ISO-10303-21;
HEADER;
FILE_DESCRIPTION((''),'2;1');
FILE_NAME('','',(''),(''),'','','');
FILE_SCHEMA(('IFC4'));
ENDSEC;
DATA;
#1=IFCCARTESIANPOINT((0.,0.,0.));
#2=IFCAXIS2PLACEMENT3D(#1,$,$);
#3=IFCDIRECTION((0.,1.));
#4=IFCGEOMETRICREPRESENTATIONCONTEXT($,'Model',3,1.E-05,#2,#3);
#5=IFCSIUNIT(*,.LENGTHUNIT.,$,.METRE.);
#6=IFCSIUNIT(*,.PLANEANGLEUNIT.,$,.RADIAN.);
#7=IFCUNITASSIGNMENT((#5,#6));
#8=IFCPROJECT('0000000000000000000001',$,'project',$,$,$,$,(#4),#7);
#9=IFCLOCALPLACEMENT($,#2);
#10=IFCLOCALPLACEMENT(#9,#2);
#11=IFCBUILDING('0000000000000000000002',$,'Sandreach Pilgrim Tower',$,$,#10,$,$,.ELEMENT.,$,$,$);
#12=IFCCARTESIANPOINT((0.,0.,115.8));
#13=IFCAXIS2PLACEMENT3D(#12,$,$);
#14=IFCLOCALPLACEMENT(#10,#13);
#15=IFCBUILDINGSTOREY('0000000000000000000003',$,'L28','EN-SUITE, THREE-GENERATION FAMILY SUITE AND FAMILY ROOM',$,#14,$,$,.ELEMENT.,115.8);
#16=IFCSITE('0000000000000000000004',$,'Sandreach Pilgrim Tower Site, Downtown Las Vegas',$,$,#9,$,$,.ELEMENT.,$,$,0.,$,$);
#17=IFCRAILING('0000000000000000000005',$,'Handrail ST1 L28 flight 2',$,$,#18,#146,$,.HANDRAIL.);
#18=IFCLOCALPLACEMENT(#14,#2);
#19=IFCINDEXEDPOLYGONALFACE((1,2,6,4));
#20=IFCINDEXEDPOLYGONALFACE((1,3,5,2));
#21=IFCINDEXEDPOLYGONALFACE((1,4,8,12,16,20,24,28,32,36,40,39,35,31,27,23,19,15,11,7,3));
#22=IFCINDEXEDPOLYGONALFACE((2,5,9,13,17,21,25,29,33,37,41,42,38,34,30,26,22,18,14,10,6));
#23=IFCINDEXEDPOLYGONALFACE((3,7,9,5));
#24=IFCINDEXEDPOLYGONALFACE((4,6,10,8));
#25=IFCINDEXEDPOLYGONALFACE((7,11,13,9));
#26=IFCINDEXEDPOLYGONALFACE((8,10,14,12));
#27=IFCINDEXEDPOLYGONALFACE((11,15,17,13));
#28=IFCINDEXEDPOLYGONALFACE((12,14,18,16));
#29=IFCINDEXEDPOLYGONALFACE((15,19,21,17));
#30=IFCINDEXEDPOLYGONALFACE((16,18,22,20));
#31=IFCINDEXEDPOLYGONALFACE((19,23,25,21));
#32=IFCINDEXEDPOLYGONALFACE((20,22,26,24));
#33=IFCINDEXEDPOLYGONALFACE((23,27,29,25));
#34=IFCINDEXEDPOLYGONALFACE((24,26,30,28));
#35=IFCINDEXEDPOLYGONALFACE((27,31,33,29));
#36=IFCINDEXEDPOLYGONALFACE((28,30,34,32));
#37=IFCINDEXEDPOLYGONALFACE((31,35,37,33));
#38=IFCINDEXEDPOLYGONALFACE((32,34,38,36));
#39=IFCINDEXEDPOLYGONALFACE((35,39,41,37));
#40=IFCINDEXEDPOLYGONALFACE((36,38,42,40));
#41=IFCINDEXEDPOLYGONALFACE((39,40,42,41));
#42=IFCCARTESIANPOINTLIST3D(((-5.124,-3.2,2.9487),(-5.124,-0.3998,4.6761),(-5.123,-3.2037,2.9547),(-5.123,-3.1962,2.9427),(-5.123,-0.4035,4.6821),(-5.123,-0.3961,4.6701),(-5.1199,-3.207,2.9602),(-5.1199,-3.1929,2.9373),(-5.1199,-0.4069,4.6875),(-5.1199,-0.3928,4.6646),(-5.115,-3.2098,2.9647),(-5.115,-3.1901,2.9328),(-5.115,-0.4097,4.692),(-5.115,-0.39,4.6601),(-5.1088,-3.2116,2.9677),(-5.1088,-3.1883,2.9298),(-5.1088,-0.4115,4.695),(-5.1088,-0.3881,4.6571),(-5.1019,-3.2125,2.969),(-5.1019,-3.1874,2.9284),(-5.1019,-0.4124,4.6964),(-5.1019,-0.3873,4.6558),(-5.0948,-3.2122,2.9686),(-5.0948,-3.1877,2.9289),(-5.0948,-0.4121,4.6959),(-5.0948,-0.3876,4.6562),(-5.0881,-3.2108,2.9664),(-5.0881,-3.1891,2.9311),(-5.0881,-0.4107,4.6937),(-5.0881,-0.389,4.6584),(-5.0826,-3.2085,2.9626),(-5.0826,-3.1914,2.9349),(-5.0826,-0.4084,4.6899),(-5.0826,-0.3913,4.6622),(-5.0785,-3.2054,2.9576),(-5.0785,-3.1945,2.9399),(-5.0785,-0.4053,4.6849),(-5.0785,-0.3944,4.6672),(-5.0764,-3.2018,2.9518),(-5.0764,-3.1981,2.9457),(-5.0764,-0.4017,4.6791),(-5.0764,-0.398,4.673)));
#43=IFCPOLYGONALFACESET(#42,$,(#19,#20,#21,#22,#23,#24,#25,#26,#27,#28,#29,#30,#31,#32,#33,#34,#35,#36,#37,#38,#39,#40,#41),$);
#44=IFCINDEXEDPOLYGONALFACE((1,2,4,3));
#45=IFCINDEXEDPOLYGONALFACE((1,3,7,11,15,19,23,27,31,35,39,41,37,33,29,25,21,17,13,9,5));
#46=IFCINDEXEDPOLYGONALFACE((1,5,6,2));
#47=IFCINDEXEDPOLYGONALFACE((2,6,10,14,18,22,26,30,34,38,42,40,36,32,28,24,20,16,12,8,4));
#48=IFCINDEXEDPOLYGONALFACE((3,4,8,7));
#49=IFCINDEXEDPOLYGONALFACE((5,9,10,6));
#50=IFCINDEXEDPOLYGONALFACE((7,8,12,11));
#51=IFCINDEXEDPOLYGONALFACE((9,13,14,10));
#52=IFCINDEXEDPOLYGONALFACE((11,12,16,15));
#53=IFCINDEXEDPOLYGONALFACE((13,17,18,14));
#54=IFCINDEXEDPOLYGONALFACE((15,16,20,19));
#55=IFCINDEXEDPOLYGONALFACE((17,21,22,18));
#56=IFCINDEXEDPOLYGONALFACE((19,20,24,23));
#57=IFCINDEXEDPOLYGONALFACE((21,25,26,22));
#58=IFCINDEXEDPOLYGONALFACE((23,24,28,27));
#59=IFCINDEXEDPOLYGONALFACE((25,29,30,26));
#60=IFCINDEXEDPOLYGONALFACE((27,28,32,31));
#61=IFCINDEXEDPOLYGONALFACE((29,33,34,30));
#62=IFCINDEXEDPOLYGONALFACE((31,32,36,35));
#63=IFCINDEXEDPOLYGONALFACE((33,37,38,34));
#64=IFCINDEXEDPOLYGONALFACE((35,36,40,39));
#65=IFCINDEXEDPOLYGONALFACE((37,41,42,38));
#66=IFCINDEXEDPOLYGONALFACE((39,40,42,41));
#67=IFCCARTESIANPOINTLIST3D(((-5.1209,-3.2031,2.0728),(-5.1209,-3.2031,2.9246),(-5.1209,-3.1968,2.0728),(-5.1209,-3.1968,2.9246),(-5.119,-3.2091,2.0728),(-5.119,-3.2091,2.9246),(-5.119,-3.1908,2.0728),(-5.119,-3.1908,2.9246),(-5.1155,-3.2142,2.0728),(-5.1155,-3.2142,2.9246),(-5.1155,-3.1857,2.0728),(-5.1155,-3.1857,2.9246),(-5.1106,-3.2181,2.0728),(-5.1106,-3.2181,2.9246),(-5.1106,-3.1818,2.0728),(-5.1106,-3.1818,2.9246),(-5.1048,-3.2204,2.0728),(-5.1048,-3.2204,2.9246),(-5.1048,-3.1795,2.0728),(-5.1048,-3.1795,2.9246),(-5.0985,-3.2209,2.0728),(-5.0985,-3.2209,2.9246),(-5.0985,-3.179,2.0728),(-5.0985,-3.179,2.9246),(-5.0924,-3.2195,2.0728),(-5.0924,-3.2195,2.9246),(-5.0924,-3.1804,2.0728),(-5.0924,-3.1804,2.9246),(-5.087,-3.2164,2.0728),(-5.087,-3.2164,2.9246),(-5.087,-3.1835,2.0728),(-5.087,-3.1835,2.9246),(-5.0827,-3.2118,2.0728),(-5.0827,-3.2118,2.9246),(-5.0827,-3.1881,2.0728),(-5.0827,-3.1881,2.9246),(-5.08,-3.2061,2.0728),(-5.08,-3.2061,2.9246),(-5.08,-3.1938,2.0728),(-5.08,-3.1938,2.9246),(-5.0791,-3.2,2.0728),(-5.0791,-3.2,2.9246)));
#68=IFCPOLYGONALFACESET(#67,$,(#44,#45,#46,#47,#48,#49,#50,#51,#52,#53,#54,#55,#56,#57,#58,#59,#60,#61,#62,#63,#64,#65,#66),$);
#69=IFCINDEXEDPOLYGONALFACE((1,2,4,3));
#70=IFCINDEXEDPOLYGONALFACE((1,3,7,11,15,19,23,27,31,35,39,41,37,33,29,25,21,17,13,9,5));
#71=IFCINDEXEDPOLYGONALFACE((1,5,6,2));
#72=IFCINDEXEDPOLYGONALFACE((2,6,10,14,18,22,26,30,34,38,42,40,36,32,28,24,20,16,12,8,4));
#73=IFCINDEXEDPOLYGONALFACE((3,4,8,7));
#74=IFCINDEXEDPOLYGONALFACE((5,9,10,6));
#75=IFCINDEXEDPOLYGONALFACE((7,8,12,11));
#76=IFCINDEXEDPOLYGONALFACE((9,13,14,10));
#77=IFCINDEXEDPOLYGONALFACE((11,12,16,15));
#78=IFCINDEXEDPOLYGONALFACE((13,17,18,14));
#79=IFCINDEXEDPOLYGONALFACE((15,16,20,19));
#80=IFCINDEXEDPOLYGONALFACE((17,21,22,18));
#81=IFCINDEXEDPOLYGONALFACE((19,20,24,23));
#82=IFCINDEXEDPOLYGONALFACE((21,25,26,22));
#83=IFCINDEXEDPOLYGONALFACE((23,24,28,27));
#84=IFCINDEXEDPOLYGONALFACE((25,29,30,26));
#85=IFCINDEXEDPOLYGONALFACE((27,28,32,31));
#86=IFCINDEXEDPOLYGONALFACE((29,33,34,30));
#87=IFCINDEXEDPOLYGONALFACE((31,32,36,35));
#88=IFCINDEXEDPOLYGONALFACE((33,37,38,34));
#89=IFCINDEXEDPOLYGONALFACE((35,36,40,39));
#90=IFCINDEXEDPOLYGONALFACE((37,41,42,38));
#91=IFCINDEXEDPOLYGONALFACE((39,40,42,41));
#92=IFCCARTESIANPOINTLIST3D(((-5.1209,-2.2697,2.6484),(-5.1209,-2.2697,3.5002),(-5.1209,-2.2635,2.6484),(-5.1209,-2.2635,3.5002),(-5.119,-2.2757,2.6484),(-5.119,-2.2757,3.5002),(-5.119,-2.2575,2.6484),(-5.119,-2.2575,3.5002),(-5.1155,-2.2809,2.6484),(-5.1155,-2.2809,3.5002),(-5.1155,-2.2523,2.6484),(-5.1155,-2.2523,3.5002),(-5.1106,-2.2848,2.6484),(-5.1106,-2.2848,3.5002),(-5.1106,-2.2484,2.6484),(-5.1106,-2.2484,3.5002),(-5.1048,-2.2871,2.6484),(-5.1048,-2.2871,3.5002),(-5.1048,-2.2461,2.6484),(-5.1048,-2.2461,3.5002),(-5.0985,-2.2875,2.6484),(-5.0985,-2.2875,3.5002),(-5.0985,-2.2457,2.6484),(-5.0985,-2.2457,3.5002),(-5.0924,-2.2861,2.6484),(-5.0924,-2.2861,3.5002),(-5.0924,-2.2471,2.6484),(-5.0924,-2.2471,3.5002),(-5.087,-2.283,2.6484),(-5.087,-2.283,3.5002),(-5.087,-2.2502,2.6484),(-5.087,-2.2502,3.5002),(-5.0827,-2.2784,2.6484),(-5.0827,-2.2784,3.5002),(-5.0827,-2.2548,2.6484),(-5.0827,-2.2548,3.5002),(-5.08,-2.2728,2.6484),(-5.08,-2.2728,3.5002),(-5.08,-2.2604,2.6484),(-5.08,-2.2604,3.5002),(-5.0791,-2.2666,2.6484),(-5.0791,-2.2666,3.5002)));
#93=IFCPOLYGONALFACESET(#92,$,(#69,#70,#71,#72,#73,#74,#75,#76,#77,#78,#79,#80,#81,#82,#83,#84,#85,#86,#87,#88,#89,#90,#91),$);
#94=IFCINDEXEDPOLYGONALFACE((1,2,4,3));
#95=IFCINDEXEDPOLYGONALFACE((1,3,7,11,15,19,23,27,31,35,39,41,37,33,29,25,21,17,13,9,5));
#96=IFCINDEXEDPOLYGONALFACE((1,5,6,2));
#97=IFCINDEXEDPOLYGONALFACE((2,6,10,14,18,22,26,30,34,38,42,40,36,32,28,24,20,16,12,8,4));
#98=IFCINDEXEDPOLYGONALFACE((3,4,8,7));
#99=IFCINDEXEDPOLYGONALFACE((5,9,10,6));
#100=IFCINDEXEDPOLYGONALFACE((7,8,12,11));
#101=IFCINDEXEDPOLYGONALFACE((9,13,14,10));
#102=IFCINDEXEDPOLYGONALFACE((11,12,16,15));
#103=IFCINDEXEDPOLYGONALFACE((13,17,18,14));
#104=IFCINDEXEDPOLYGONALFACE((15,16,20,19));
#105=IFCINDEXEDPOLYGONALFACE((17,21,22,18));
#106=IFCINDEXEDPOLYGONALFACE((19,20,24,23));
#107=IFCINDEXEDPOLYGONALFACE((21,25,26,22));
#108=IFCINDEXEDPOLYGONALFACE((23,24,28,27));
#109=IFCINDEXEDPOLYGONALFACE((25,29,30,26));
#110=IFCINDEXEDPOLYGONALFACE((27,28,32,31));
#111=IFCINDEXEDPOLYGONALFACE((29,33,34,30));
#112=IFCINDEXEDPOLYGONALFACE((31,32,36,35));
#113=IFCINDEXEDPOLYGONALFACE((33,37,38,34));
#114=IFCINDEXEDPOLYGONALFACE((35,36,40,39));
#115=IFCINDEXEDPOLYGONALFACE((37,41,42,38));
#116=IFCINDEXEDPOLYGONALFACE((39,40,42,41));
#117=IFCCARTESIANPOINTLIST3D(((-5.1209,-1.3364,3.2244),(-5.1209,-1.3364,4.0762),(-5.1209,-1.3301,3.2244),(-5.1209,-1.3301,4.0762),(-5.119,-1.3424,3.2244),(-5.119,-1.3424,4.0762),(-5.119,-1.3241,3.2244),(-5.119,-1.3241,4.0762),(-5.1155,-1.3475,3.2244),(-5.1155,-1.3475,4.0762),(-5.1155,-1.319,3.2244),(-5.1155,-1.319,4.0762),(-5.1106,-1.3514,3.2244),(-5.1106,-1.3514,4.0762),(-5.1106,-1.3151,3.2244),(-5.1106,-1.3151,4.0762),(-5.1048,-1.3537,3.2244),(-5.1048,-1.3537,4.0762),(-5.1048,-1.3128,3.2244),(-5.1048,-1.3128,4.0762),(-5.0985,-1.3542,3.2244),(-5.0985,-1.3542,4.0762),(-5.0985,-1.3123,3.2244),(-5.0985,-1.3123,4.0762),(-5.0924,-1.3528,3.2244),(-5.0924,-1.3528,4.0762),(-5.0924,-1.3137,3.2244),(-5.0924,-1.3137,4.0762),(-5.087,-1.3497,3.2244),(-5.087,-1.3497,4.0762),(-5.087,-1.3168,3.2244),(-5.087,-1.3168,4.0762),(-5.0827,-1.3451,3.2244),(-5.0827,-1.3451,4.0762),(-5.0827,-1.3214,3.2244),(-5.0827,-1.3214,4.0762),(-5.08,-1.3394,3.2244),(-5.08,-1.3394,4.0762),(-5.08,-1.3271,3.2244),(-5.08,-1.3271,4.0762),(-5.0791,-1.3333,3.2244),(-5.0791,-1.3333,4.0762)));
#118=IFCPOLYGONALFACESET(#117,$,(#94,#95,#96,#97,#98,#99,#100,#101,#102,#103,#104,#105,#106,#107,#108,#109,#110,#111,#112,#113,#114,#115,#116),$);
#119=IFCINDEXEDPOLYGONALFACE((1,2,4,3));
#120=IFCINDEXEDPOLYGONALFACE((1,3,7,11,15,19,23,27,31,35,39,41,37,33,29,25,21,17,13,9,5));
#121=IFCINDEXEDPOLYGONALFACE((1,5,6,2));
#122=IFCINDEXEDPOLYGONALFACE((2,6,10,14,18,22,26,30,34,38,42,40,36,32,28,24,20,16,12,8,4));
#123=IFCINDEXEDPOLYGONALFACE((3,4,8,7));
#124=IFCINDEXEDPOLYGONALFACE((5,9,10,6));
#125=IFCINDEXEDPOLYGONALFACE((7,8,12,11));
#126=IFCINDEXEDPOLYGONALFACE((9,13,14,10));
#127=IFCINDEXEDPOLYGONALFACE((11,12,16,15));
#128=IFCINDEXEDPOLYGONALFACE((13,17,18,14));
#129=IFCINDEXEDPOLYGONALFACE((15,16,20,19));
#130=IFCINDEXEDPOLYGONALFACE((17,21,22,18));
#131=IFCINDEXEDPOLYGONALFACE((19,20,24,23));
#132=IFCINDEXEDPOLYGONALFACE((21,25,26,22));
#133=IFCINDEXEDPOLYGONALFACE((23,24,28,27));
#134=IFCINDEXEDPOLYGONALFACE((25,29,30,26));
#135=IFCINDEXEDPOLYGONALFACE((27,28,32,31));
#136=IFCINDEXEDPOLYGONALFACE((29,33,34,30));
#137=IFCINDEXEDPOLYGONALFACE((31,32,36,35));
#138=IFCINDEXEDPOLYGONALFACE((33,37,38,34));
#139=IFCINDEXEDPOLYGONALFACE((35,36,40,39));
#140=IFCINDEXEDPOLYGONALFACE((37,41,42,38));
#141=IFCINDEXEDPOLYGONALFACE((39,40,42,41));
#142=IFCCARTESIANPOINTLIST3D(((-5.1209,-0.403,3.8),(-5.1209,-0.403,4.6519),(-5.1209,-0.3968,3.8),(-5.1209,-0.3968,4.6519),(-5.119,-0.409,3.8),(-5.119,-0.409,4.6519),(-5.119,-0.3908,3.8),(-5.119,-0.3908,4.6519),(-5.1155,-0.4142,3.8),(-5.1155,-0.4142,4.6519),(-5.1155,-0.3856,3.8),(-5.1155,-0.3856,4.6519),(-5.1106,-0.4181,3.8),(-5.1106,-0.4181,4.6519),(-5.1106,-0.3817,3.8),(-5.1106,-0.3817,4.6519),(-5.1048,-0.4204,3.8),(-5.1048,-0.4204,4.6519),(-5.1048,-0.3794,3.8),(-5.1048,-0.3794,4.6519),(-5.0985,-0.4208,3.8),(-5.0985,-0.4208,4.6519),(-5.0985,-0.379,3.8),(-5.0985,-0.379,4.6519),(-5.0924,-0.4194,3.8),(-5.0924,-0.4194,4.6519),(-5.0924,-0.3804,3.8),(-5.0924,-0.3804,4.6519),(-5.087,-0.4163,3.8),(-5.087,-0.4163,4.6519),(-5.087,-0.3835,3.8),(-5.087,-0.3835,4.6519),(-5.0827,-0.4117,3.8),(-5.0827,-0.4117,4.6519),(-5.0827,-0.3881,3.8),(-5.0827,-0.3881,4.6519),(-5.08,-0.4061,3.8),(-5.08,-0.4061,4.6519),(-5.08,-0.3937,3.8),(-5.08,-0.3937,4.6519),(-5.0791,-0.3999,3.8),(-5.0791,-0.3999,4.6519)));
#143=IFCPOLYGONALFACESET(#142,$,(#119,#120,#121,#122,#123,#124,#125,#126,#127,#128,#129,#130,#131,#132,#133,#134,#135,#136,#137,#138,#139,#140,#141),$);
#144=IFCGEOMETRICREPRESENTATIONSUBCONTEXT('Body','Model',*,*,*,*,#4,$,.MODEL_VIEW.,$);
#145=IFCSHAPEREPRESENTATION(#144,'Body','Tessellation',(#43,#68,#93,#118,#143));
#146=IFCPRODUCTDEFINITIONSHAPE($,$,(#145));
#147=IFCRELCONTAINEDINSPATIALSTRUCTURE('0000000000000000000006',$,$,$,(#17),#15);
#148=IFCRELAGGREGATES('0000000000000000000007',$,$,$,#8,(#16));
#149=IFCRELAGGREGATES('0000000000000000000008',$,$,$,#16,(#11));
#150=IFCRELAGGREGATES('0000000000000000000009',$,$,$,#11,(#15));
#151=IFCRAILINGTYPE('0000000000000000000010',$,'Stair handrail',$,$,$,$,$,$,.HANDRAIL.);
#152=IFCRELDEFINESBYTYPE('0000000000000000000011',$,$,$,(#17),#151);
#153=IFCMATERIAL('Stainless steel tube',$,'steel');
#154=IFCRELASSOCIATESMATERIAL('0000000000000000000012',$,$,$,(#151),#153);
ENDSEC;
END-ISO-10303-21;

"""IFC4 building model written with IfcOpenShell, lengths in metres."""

from ifc_helpers import new_model, si_unit, direction, frame, origin, origin_2d, place, context, subcontext, project, spatial, circle, extrude, material, type_object, element, save


model = new_model("IFC4")

# Units and contexts
model_context = context("Model", 3, precision=1e-05, world=origin(), true_north=direction((0.0, 1.0)))
body_context = subcontext(model_context, "Body", "Model", "MODEL_VIEW")
ifc_project = project(units=[si_unit("LENGTHUNIT", "METRE"), si_unit("PLANEANGLEUNIT", "RADIAN")], contexts=[model_context])

# Site, building, storey
site_placement = place(None, origin())
site = spatial("IfcSite", under=ifc_project, at=site_placement, Name="Sandreach Pilgrim Tower Site, Downtown Las Vegas", CompositionType="ELEMENT", RefElevation=0.0)
building_placement = place(site_placement, origin())
building = spatial("IfcBuilding", under=site, at=building_placement, Name="Sandreach Pilgrim Tower", CompositionType="ELEMENT")
storey_placement = place(building_placement, frame((0.0, 0.0, 115.8)))
storey = spatial("IfcBuildingStorey", under=building, at=storey_placement, Name="L28", Description="EN-SUITE, THREE-GENERATION FAMILY SUITE AND FAMILY ROOM", CompositionType="ELEMENT", Elevation=115.8)

# Railing
ifc_material_1 = material(Name="Stainless steel tube", Category="steel")
railing_type = type_object("IfcRailingType", Name="Stair handrail", PredefinedType="HANDRAIL", material=ifc_material_1)
for number, where, name in (
    (1, (-5.1001, -3.2, 2.0728), "Handrail ST1 L28 flight 2"),
):
    element("IfcRailing", number, at=place(storey_placement, frame(where)), inside=storey, type_object=railing_type, Name=name, PredefinedType="HANDRAIL", context=body_context, shape_type="SweptSolid", body=[
        extrude(circle(Radius=0.0239, at=origin_2d()), frame((0.0, 0.0, 0.876), z_axis=(0.0, 0.85109, 0.52502), x_axis=(-1.0, 0.0, 0.0)), (0.0, 0.0, 1.0), 3.29),
        extrude(circle(Radius=0.021, at=origin_2d()), origin(), (0.0, 0.0, 1.0), 0.8518),
        extrude(circle(Radius=0.021, at=origin_2d()), frame((0.0, 0.9333, 0.5757)), (0.0, 0.0, 1.0), 0.8518),
        extrude(circle(Radius=0.021, at=origin_2d()), frame((0.0, 1.8667, 1.1516)), (0.0, 0.0, 1.0), 0.8518),
        extrude(circle(Radius=0.021, at=origin_2d()), frame((0.0, 2.8, 1.7273)), (0.0, 0.0, 1.0), 0.8518),
    ])

save(model, "model.ifc")
